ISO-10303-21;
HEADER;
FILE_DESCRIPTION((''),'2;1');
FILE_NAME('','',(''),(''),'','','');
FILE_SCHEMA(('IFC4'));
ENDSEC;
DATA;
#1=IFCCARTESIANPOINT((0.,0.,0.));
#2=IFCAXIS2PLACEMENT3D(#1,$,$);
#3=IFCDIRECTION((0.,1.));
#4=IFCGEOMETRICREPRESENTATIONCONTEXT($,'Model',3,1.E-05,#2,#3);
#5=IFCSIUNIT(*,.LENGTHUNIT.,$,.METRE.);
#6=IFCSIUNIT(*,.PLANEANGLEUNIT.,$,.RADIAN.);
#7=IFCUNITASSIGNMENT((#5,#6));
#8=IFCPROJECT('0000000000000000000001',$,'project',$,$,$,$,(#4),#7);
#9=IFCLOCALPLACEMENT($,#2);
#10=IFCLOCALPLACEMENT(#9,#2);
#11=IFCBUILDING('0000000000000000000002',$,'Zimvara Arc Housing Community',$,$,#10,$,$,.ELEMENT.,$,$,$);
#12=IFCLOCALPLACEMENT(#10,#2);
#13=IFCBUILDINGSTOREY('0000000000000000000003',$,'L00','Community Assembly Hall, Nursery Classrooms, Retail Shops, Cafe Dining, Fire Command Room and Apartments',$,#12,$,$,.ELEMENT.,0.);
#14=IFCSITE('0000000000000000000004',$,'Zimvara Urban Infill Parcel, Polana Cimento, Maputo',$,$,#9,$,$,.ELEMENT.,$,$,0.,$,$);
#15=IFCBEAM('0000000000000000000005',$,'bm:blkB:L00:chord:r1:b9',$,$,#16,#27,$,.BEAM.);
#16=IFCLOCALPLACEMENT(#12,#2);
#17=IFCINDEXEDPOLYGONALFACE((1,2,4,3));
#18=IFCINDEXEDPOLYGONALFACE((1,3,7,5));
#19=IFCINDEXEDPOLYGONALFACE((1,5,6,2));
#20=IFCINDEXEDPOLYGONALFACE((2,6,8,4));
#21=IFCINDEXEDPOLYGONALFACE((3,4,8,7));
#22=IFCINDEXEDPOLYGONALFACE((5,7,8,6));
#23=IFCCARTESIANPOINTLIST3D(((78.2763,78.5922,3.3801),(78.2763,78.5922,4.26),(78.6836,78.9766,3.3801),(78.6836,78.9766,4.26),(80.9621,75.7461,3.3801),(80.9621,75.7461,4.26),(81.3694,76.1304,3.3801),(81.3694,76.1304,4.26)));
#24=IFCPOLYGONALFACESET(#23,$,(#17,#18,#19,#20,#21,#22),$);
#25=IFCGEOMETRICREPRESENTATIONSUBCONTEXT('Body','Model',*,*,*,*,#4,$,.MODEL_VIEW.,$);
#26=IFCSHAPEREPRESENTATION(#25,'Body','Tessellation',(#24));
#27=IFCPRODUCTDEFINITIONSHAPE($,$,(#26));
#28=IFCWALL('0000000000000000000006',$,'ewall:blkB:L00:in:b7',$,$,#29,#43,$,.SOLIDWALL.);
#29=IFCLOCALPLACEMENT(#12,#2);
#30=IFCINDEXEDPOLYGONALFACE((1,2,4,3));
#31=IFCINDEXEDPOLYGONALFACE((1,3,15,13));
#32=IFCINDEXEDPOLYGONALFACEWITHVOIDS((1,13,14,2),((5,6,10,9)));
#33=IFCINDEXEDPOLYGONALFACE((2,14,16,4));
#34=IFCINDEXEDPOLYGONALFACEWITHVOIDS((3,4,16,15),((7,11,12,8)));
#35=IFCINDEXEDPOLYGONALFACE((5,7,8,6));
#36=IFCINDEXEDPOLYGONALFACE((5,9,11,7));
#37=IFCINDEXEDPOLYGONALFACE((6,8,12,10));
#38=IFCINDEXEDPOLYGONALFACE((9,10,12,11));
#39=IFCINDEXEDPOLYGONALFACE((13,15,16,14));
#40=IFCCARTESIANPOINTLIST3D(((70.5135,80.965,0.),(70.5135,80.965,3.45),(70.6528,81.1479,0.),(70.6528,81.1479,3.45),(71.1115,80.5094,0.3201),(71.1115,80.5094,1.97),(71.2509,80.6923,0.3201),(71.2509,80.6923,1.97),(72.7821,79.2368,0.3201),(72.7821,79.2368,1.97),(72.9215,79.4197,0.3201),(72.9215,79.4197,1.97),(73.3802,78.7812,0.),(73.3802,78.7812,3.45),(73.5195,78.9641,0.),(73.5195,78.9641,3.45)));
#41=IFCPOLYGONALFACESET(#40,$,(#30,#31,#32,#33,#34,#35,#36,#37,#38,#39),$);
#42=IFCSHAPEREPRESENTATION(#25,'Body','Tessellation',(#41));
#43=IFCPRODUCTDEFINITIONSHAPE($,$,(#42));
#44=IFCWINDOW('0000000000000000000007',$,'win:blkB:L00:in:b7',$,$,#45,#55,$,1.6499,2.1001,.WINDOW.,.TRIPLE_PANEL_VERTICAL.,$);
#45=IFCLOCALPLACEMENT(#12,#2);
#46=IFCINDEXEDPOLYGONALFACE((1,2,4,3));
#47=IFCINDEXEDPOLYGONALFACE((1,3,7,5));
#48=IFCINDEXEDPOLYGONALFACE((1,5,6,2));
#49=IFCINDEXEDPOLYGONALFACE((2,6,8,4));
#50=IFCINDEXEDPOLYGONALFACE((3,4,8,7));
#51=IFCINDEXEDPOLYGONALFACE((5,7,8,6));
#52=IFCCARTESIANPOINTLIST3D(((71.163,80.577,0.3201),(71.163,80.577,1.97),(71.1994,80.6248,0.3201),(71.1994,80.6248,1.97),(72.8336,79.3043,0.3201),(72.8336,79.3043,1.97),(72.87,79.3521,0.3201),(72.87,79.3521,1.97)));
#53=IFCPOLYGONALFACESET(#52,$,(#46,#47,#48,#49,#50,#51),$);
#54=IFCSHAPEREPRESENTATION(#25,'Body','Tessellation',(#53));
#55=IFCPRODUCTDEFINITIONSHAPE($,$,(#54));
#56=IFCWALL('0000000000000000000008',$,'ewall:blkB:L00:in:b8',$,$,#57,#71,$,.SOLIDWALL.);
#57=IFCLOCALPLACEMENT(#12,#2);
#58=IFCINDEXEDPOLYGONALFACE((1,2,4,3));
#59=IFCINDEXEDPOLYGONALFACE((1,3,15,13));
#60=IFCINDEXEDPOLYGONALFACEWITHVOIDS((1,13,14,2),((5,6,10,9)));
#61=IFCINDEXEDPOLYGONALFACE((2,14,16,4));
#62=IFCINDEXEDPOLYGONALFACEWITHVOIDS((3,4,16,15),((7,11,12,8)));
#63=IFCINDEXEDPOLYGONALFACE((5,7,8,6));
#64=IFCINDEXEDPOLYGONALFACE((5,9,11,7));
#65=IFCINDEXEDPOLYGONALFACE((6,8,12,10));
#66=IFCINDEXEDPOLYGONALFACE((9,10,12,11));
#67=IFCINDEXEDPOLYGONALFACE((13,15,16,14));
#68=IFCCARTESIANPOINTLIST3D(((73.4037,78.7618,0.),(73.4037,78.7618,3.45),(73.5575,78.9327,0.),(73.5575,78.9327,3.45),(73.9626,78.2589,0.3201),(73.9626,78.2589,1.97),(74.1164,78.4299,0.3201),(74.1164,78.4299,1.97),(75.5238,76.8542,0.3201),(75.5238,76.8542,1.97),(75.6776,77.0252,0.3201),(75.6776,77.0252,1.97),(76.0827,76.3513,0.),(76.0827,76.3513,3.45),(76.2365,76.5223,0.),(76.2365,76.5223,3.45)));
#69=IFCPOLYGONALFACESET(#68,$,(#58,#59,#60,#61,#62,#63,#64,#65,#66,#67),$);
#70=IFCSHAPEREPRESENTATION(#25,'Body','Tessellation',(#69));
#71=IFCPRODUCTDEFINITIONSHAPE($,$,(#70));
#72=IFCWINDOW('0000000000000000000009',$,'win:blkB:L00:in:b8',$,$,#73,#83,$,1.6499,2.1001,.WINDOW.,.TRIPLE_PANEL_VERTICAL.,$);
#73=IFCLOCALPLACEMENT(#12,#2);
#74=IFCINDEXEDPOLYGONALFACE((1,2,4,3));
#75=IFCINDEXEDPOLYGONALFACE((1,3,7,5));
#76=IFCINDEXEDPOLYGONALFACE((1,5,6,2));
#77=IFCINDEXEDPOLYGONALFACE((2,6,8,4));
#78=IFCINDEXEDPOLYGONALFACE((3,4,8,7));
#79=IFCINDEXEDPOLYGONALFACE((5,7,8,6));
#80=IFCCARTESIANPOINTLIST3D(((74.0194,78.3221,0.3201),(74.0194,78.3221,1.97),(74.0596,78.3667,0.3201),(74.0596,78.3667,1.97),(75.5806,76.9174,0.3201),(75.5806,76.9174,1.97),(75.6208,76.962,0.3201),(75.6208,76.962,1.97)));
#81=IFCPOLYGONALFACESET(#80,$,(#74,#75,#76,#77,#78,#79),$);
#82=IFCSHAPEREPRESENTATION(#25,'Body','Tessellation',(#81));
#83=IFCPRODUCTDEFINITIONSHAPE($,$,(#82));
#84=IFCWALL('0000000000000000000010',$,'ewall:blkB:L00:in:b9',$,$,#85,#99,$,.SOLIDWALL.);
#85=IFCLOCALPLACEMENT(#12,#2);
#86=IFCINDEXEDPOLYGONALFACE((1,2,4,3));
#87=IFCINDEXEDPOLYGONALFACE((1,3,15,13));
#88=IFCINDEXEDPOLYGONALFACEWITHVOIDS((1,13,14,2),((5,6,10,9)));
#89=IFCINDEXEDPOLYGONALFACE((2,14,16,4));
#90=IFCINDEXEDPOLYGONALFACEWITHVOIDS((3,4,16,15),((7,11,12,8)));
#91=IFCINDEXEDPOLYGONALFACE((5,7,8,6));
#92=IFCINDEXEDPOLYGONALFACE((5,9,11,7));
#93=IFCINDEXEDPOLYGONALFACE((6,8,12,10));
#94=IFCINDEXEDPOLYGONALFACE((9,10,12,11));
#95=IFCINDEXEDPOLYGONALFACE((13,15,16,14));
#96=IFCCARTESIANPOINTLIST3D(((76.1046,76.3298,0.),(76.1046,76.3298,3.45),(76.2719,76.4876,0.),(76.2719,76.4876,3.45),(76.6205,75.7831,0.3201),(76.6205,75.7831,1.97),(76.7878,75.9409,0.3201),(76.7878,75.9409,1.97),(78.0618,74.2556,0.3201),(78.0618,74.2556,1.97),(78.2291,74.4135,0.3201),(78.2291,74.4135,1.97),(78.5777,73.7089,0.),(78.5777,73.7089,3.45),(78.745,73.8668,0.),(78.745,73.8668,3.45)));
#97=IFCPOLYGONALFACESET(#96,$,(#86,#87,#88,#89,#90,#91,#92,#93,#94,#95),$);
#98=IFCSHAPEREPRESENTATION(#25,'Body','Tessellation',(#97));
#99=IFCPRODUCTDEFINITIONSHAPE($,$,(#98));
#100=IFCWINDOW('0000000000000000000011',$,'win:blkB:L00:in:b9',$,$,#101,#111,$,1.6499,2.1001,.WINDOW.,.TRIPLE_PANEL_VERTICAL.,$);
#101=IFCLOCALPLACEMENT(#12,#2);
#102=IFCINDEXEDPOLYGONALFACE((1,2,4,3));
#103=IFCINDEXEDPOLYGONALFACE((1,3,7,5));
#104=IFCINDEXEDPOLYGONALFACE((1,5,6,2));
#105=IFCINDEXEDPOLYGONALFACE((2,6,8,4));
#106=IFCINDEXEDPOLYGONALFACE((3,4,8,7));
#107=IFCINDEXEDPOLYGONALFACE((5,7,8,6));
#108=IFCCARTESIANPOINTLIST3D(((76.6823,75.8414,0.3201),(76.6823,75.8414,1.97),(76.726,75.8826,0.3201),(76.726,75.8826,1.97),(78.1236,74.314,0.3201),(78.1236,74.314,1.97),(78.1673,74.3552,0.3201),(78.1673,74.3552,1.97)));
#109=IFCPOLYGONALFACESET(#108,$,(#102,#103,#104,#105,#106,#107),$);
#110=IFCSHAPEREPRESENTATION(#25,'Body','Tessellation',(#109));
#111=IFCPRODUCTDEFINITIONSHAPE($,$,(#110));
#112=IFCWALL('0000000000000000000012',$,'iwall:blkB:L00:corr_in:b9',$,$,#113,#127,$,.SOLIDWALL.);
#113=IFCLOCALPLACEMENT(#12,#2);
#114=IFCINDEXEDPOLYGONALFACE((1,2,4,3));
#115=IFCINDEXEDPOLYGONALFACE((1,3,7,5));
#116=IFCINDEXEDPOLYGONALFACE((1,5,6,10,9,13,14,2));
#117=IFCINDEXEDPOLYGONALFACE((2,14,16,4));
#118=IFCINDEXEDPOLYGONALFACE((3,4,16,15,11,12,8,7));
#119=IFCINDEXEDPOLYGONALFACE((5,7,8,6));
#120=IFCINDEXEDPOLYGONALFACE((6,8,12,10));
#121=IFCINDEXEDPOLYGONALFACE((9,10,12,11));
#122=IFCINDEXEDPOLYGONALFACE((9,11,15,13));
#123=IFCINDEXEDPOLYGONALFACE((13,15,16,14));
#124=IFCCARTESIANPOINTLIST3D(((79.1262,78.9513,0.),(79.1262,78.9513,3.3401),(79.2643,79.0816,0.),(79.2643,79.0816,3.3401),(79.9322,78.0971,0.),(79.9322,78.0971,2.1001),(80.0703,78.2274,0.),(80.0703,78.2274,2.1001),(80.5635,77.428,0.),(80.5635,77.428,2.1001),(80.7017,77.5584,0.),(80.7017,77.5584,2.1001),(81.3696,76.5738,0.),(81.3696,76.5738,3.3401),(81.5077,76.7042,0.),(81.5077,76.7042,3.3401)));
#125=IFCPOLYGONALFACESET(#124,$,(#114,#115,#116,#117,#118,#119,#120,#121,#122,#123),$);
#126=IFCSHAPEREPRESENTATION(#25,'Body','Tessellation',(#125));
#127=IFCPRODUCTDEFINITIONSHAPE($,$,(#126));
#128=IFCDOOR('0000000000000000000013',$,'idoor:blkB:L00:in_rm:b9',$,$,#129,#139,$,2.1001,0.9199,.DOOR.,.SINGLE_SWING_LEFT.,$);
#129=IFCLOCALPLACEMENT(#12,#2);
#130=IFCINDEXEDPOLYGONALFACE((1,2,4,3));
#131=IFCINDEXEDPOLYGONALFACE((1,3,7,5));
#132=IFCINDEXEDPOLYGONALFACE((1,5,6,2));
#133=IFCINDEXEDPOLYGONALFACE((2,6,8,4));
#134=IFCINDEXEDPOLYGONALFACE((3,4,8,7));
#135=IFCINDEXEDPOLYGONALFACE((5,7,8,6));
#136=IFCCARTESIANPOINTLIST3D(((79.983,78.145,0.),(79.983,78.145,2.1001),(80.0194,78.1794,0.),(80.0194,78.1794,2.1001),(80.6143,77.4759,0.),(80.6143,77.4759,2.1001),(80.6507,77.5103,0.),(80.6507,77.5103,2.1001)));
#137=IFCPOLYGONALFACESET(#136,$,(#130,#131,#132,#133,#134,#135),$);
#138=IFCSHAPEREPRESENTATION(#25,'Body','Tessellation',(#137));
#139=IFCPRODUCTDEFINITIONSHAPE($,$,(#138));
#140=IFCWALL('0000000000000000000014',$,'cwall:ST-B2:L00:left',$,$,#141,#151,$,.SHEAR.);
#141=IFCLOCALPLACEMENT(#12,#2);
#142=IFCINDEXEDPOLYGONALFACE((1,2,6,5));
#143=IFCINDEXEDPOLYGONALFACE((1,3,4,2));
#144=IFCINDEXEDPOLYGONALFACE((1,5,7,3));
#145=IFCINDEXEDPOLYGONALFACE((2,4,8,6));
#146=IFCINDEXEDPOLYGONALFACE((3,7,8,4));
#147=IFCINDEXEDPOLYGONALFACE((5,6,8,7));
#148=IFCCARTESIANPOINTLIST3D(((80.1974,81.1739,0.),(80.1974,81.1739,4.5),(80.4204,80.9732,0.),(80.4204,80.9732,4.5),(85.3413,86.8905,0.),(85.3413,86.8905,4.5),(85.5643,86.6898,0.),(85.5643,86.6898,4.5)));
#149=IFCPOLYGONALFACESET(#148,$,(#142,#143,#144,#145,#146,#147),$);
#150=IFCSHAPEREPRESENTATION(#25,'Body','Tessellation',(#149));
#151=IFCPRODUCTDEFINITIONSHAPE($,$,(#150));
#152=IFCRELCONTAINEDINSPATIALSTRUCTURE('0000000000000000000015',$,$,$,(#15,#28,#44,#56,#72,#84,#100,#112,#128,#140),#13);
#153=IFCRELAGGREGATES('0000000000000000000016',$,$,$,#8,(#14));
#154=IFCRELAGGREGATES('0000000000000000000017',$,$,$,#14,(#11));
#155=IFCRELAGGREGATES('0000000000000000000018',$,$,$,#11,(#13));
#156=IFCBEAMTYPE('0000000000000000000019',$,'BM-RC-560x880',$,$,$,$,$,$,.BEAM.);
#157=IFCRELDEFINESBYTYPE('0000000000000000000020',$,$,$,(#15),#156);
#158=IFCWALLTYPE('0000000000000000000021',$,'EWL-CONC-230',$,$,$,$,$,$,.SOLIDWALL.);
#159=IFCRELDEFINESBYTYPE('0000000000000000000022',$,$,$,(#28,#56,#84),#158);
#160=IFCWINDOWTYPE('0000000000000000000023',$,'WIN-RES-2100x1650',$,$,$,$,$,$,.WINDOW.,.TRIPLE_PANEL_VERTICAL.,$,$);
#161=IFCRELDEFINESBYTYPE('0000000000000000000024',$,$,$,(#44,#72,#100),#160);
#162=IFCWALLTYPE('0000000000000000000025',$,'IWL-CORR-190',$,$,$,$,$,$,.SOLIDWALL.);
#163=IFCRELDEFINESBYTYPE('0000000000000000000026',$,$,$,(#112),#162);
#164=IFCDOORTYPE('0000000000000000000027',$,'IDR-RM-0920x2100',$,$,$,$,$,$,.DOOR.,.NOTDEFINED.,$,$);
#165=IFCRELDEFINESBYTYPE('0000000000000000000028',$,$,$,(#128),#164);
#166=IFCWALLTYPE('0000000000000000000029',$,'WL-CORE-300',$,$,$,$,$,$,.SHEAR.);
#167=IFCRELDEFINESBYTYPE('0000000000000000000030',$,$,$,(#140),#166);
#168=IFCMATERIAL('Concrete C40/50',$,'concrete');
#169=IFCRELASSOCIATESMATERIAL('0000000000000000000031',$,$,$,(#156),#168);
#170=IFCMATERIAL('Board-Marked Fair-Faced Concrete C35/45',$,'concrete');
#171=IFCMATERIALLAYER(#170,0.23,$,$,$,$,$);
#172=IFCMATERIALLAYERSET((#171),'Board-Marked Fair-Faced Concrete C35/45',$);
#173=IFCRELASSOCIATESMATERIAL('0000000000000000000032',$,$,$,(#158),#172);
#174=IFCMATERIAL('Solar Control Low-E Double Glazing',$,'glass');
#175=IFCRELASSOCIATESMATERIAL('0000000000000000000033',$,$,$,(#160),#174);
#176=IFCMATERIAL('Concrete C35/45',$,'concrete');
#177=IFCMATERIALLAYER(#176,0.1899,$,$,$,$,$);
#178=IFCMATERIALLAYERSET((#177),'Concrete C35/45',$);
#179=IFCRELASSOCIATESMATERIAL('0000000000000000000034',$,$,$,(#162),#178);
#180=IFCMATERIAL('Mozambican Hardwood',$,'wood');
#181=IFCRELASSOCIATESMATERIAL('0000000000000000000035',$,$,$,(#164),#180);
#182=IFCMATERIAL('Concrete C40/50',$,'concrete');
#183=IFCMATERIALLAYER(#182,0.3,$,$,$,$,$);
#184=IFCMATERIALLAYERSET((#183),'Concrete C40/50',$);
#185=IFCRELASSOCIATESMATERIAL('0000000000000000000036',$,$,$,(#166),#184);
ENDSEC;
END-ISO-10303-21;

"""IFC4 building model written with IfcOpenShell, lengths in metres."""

from ifc_helpers import new_model, si_unit, direction, frame, frame_2d, origin, origin_2d, place, context, subcontext, project, spatial, rectangle, extrude, material, layer, layer_set, material_profile, profile_set, type_object, element, fill, save


model = new_model("IFC4")

# Units and contexts
model_context = context("Model", 3, precision=1e-05, world=origin(), true_north=direction((0.0, 1.0)))
body_context = subcontext(model_context, "Body", "Model", "MODEL_VIEW")
ifc_project = project(units=[si_unit("LENGTHUNIT", "METRE"), si_unit("PLANEANGLEUNIT", "RADIAN")], contexts=[model_context])

# Site, building, storey
site_placement = place(None, origin())
site = spatial("IfcSite", under=ifc_project, at=site_placement, Name="Zimvara Urban Infill Parcel, Polana Cimento, Maputo", CompositionType="ELEMENT", RefElevation=0.0)
building_placement = place(site_placement, origin())
building = spatial("IfcBuilding", under=site, at=building_placement, Name="Zimvara Arc Housing Community", CompositionType="ELEMENT")
storey_placement = place(building_placement, origin())
storey = spatial("IfcBuildingStorey", under=building, at=storey_placement, Name="L00", Description="Community Assembly Hall, Nursery Classrooms, Retail Shops, Cafe Dining, Fire Command Room and Apartments", CompositionType="ELEMENT", Elevation=0.0)

# Beam
ifc_material_1 = material(Name="Concrete C40/50", Category="concrete")
ifc_material_profile_1 = material_profile(ifc_material_1, rectangle(XDim=0.5601, YDim=0.8799, at=origin_2d()), Name="RC 560x880")
ifc_profile_set_1 = profile_set([ifc_material_profile_1], Name="Concrete C40/50")
beam_type_1 = type_object("IfcBeamType", Name="BM-RC-560x880", PredefinedType="BEAM", material=ifc_profile_set_1)
beam_1_placement = place(storey_placement, frame((78.48, 78.7844, 3.8201), z_axis=(0.686316, -0.727304, 0.0), x_axis=(0.727304, 0.686316, 0.0)))
element("IfcBeam", 1, at=beam_1_placement, inside=storey, type_object=beam_type_1, Name="bm:blkB:L00:chord:r1:b9", PredefinedType="BEAM", context=body_context, shape_type="SweptSolid", body=[
    extrude(rectangle(XDim=0.5601, YDim=0.8799, at=origin_2d()), origin(), (0.0, 0.0, 1.0), 3.9133),
])

# Walls, openings, windows
ifc_material_2 = material(Name="Board-Marked Fair-Faced Concrete C35/45", Category="concrete")
ifc_layer_1 = layer(ifc_material_2, 0.23)
ifc_layer_set_1 = layer_set([ifc_layer_1], Name="Board-Marked Fair-Faced Concrete C35/45")
wall_type_1 = type_object("IfcWallType", Name="EWL-CONC-230", PredefinedType="SOLIDWALL", material=ifc_layer_set_1)
wall_1_placement = place(storey_placement, frame((70.5833, 81.0564, 0.0), z_axis=(0.0, 0.0, 1.0), x_axis=(0.795474, -0.605988, 0.0)))
wall_1 = element("IfcWall", 2, at=wall_1_placement, inside=storey, type_object=wall_type_1, Name="ewall:blkB:L00:in:b7", PredefinedType="SOLIDWALL", context=body_context, shape_type="SweptSolid", body=[
    extrude(rectangle(XDim=3.6038, YDim=0.23, at=frame_2d((1.8018, 0.0))), origin(), (0.0, 0.0, 1.0), 3.45),
])
opening_1_placement = place(wall_1_placement, frame((0.7517, 0.0, 0.3201)))
opening_1 = element("IfcOpeningElement", 3, at=opening_1_placement, cuts=wall_1, PredefinedType="OPENING", context=body_context, shape_type="SweptSolid", body=[
    extrude(rectangle(XDim=2.1001, YDim=1.6499, at=frame_2d((1.05, 0.825))), frame((0.0, 0.125, 0.0), z_axis=(0.0, -1.0, 0.0), x_axis=(1.0, 0.0, 0.0)), (0.0, 0.0, 1.0), 0.25),
])
ifc_material_3 = material(Name="Solar Control Low-E Double Glazing", Category="glass")
window_type = type_object("IfcWindowType", Name="WIN-RES-2100x1650", PartitioningType="TRIPLE_PANEL_VERTICAL", PredefinedType="WINDOW", material=ifc_material_3)
window_1_placement = place(opening_1_placement, origin())
window_1 = element("IfcWindow", 4, at=window_1_placement, inside=storey, type_object=window_type, Name="win:blkB:L00:in:b7", OverallHeight=1.6499, OverallWidth=2.1001, PartitioningType="TRIPLE_PANEL_VERTICAL", PredefinedType="WINDOW", context=body_context, shape_type="SweptSolid", body=[
    extrude(rectangle(XDim=2.1001, YDim=1.6499, at=frame_2d((1.05, 0.825))), frame((0.0, 0.03, 0.0), z_axis=(0.0, -1.0, 0.0), x_axis=(1.0, 0.0, 0.0)), (0.0, 0.0, 1.0), 0.0601),
])
fill(opening_1, window_1)
wall_2_placement = place(storey_placement, frame((73.4807, 78.8472, 0.0), z_axis=(0.0, 0.0, 1.0), x_axis=(0.743385, -0.668864, 0.0)))
wall_2 = element("IfcWall", 5, at=wall_2_placement, inside=storey, type_object=wall_type_1, Name="ewall:blkB:L00:in:b8", PredefinedType="SOLIDWALL", context=body_context, shape_type="SweptSolid", body=[
    extrude(rectangle(XDim=3.6038, YDim=0.23, at=frame_2d((1.8018, 0.0))), origin(), (0.0, 0.0, 1.0), 3.45),
])
opening_2_placement = place(wall_2_placement, frame((0.7517, 0.0, 0.3201)))
opening_2 = element("IfcOpeningElement", 6, at=opening_2_placement, cuts=wall_2, PredefinedType="OPENING", context=body_context, shape_type="SweptSolid", body=[
    extrude(rectangle(XDim=2.1001, YDim=1.6499, at=frame_2d((1.05, 0.825))), frame((0.0, 0.125, 0.0), z_axis=(0.0, -1.0, 0.0), x_axis=(1.0, 0.0, 0.0)), (0.0, 0.0, 1.0), 0.25),
])
window_2_placement = place(opening_2_placement, origin())
window_2 = element("IfcWindow", 7, at=window_2_placement, inside=storey, type_object=window_type, Name="win:blkB:L00:in:b8", OverallHeight=1.6499, OverallWidth=2.1001, PartitioningType="TRIPLE_PANEL_VERTICAL", PredefinedType="WINDOW", context=body_context, shape_type="SweptSolid", body=[
    extrude(rectangle(XDim=2.1001, YDim=1.6499, at=frame_2d((1.05, 0.825))), frame((0.0, 0.03, 0.0), z_axis=(0.0, -1.0, 0.0), x_axis=(1.0, 0.0, 0.0)), (0.0, 0.0, 1.0), 0.0601),
])
fill(opening_2, window_2)
wall_3_placement = place(storey_placement, frame((76.1882, 76.4087, 0.0), z_axis=(0.0, 0.0, 1.0), x_axis=(0.686315, -0.727304, 0.0)))
wall_3 = element("IfcWall", 8, at=wall_3_placement, inside=storey, type_object=wall_type_1, Name="ewall:blkB:L00:in:b9", PredefinedType="SOLIDWALL", context=body_context, shape_type="SweptSolid", body=[
    extrude(rectangle(XDim=3.6035, YDim=0.23, at=frame_2d((1.8018, 0.0))), origin(), (0.0, 0.0, 1.0), 3.45),
])
opening_3_placement = place(wall_3_placement, frame((0.7517, 0.0, 0.3201)))
opening_3 = element("IfcOpeningElement", 9, at=opening_3_placement, cuts=wall_3, PredefinedType="OPENING", context=body_context, shape_type="SweptSolid", body=[
    extrude(rectangle(XDim=2.1001, YDim=1.6499, at=frame_2d((1.05, 0.825))), frame((0.0, 0.125, 0.0), z_axis=(0.0, -1.0, 0.0), x_axis=(1.0, 0.0, 0.0)), (0.0, 0.0, 1.0), 0.25),
])
window_3_placement = place(opening_3_placement, origin())
window_3 = element("IfcWindow", 10, at=window_3_placement, inside=storey, type_object=window_type, Name="win:blkB:L00:in:b9", OverallHeight=1.6499, OverallWidth=2.1001, PartitioningType="TRIPLE_PANEL_VERTICAL", PredefinedType="WINDOW", context=body_context, shape_type="SweptSolid", body=[
    extrude(rectangle(XDim=2.1001, YDim=1.6499, at=frame_2d((1.05, 0.825))), frame((0.0, 0.03, 0.0), z_axis=(0.0, -1.0, 0.0), x_axis=(1.0, 0.0, 0.0)), (0.0, 0.0, 1.0), 0.0601),
])
fill(opening_3, window_3)

# Wall, opening, door
ifc_material_4 = material(Name="Concrete C35/45", Category="concrete")
ifc_layer_2 = layer(ifc_material_4, 0.1899)
ifc_layer_set_2 = layer_set([ifc_layer_2], Name="Concrete C35/45")
wall_type_2 = type_object("IfcWallType", Name="IWL-CORR-190", PredefinedType="SOLIDWALL", material=ifc_layer_set_2)
wall_4_placement = place(storey_placement, frame((79.1953, 79.0164, 0.0), z_axis=(0.0, 0.0, 1.0), x_axis=(0.686308, -0.727311, 0.0)))
wall_4 = element("IfcWall", 11, at=wall_4_placement, inside=storey, type_object=wall_type_2, Name="iwall:blkB:L00:corr_in:b9", PredefinedType="SOLIDWALL", context=body_context, shape_type="SweptSolid", body=[
    extrude(rectangle(XDim=3.2688, YDim=0.1899, at=frame_2d((1.6343, 0.0))), origin(), (0.0, 0.0, 1.0), 3.3401),
])
opening_4_placement = place(wall_4_placement, frame((1.1743, 0.0, 0.0)))
opening_4 = element("IfcOpeningElement", 12, at=opening_4_placement, cuts=wall_4, PredefinedType="OPENING", context=body_context, shape_type="SweptSolid", body=[
    extrude(rectangle(XDim=0.9199, YDim=2.1001, at=frame_2d((0.46, 1.05))), frame((0.0, 0.105, 0.0), z_axis=(0.0, -1.0, 0.0), x_axis=(1.0, 0.0, 0.0)), (0.0, 0.0, 1.0), 0.21),
])
ifc_material_5 = material(Name="Mozambican Hardwood", Category="wood")
door_type_1 = type_object("IfcDoorType", Name="IDR-RM-0920x2100", OperationType="NOTDEFINED", PredefinedType="DOOR", material=ifc_material_5)
door_1_placement = place(opening_4_placement, origin())
door_1 = element("IfcDoor", 13, at=door_1_placement, inside=storey, type_object=door_type_1, Name="idoor:blkB:L00:in_rm:b9", OperationType="SINGLE_SWING_LEFT", OverallHeight=2.1001, OverallWidth=0.9199, PredefinedType="DOOR", context=body_context, shape_type="SweptSolid", body=[
    extrude(rectangle(XDim=0.9199, YDim=2.1001, at=frame_2d((0.46, 1.05))), frame((0.0, 0.0249, 0.0), z_axis=(0.0, -1.0, 0.0), x_axis=(1.0, 0.0, 0.0)), (0.0, 0.0, 1.0), 0.05),
])
fill(opening_4, door_1)
ifc_material_6 = material(Name="Concrete C40/50", Category="concrete")
ifc_layer_3 = layer(ifc_material_6, 0.3)
ifc_layer_set_3 = layer_set([ifc_layer_3], Name="Concrete C40/50")
wall_type_3 = type_object("IfcWallType", Name="WL-CORE-300", PredefinedType="SHEAR", material=ifc_layer_set_3)

# Wall
wall_5_placement = place(storey_placement, frame((80.3088, 81.0735, 0.0), z_axis=(0.0, 0.0, 1.0), x_axis=(0.668886, 0.743365, 0.0)))
element("IfcWall", 14, at=wall_5_placement, inside=storey, type_object=wall_type_3, Name="cwall:ST-B2:L00:left", PredefinedType="SHEAR", context=body_context, shape_type="SweptSolid", body=[
    extrude(rectangle(XDim=7.6902, YDim=0.3, at=frame_2d((3.8452, 0.0))), origin(), (0.0, 0.0, 1.0), 4.5),
])

save(model, "model.ifc")
